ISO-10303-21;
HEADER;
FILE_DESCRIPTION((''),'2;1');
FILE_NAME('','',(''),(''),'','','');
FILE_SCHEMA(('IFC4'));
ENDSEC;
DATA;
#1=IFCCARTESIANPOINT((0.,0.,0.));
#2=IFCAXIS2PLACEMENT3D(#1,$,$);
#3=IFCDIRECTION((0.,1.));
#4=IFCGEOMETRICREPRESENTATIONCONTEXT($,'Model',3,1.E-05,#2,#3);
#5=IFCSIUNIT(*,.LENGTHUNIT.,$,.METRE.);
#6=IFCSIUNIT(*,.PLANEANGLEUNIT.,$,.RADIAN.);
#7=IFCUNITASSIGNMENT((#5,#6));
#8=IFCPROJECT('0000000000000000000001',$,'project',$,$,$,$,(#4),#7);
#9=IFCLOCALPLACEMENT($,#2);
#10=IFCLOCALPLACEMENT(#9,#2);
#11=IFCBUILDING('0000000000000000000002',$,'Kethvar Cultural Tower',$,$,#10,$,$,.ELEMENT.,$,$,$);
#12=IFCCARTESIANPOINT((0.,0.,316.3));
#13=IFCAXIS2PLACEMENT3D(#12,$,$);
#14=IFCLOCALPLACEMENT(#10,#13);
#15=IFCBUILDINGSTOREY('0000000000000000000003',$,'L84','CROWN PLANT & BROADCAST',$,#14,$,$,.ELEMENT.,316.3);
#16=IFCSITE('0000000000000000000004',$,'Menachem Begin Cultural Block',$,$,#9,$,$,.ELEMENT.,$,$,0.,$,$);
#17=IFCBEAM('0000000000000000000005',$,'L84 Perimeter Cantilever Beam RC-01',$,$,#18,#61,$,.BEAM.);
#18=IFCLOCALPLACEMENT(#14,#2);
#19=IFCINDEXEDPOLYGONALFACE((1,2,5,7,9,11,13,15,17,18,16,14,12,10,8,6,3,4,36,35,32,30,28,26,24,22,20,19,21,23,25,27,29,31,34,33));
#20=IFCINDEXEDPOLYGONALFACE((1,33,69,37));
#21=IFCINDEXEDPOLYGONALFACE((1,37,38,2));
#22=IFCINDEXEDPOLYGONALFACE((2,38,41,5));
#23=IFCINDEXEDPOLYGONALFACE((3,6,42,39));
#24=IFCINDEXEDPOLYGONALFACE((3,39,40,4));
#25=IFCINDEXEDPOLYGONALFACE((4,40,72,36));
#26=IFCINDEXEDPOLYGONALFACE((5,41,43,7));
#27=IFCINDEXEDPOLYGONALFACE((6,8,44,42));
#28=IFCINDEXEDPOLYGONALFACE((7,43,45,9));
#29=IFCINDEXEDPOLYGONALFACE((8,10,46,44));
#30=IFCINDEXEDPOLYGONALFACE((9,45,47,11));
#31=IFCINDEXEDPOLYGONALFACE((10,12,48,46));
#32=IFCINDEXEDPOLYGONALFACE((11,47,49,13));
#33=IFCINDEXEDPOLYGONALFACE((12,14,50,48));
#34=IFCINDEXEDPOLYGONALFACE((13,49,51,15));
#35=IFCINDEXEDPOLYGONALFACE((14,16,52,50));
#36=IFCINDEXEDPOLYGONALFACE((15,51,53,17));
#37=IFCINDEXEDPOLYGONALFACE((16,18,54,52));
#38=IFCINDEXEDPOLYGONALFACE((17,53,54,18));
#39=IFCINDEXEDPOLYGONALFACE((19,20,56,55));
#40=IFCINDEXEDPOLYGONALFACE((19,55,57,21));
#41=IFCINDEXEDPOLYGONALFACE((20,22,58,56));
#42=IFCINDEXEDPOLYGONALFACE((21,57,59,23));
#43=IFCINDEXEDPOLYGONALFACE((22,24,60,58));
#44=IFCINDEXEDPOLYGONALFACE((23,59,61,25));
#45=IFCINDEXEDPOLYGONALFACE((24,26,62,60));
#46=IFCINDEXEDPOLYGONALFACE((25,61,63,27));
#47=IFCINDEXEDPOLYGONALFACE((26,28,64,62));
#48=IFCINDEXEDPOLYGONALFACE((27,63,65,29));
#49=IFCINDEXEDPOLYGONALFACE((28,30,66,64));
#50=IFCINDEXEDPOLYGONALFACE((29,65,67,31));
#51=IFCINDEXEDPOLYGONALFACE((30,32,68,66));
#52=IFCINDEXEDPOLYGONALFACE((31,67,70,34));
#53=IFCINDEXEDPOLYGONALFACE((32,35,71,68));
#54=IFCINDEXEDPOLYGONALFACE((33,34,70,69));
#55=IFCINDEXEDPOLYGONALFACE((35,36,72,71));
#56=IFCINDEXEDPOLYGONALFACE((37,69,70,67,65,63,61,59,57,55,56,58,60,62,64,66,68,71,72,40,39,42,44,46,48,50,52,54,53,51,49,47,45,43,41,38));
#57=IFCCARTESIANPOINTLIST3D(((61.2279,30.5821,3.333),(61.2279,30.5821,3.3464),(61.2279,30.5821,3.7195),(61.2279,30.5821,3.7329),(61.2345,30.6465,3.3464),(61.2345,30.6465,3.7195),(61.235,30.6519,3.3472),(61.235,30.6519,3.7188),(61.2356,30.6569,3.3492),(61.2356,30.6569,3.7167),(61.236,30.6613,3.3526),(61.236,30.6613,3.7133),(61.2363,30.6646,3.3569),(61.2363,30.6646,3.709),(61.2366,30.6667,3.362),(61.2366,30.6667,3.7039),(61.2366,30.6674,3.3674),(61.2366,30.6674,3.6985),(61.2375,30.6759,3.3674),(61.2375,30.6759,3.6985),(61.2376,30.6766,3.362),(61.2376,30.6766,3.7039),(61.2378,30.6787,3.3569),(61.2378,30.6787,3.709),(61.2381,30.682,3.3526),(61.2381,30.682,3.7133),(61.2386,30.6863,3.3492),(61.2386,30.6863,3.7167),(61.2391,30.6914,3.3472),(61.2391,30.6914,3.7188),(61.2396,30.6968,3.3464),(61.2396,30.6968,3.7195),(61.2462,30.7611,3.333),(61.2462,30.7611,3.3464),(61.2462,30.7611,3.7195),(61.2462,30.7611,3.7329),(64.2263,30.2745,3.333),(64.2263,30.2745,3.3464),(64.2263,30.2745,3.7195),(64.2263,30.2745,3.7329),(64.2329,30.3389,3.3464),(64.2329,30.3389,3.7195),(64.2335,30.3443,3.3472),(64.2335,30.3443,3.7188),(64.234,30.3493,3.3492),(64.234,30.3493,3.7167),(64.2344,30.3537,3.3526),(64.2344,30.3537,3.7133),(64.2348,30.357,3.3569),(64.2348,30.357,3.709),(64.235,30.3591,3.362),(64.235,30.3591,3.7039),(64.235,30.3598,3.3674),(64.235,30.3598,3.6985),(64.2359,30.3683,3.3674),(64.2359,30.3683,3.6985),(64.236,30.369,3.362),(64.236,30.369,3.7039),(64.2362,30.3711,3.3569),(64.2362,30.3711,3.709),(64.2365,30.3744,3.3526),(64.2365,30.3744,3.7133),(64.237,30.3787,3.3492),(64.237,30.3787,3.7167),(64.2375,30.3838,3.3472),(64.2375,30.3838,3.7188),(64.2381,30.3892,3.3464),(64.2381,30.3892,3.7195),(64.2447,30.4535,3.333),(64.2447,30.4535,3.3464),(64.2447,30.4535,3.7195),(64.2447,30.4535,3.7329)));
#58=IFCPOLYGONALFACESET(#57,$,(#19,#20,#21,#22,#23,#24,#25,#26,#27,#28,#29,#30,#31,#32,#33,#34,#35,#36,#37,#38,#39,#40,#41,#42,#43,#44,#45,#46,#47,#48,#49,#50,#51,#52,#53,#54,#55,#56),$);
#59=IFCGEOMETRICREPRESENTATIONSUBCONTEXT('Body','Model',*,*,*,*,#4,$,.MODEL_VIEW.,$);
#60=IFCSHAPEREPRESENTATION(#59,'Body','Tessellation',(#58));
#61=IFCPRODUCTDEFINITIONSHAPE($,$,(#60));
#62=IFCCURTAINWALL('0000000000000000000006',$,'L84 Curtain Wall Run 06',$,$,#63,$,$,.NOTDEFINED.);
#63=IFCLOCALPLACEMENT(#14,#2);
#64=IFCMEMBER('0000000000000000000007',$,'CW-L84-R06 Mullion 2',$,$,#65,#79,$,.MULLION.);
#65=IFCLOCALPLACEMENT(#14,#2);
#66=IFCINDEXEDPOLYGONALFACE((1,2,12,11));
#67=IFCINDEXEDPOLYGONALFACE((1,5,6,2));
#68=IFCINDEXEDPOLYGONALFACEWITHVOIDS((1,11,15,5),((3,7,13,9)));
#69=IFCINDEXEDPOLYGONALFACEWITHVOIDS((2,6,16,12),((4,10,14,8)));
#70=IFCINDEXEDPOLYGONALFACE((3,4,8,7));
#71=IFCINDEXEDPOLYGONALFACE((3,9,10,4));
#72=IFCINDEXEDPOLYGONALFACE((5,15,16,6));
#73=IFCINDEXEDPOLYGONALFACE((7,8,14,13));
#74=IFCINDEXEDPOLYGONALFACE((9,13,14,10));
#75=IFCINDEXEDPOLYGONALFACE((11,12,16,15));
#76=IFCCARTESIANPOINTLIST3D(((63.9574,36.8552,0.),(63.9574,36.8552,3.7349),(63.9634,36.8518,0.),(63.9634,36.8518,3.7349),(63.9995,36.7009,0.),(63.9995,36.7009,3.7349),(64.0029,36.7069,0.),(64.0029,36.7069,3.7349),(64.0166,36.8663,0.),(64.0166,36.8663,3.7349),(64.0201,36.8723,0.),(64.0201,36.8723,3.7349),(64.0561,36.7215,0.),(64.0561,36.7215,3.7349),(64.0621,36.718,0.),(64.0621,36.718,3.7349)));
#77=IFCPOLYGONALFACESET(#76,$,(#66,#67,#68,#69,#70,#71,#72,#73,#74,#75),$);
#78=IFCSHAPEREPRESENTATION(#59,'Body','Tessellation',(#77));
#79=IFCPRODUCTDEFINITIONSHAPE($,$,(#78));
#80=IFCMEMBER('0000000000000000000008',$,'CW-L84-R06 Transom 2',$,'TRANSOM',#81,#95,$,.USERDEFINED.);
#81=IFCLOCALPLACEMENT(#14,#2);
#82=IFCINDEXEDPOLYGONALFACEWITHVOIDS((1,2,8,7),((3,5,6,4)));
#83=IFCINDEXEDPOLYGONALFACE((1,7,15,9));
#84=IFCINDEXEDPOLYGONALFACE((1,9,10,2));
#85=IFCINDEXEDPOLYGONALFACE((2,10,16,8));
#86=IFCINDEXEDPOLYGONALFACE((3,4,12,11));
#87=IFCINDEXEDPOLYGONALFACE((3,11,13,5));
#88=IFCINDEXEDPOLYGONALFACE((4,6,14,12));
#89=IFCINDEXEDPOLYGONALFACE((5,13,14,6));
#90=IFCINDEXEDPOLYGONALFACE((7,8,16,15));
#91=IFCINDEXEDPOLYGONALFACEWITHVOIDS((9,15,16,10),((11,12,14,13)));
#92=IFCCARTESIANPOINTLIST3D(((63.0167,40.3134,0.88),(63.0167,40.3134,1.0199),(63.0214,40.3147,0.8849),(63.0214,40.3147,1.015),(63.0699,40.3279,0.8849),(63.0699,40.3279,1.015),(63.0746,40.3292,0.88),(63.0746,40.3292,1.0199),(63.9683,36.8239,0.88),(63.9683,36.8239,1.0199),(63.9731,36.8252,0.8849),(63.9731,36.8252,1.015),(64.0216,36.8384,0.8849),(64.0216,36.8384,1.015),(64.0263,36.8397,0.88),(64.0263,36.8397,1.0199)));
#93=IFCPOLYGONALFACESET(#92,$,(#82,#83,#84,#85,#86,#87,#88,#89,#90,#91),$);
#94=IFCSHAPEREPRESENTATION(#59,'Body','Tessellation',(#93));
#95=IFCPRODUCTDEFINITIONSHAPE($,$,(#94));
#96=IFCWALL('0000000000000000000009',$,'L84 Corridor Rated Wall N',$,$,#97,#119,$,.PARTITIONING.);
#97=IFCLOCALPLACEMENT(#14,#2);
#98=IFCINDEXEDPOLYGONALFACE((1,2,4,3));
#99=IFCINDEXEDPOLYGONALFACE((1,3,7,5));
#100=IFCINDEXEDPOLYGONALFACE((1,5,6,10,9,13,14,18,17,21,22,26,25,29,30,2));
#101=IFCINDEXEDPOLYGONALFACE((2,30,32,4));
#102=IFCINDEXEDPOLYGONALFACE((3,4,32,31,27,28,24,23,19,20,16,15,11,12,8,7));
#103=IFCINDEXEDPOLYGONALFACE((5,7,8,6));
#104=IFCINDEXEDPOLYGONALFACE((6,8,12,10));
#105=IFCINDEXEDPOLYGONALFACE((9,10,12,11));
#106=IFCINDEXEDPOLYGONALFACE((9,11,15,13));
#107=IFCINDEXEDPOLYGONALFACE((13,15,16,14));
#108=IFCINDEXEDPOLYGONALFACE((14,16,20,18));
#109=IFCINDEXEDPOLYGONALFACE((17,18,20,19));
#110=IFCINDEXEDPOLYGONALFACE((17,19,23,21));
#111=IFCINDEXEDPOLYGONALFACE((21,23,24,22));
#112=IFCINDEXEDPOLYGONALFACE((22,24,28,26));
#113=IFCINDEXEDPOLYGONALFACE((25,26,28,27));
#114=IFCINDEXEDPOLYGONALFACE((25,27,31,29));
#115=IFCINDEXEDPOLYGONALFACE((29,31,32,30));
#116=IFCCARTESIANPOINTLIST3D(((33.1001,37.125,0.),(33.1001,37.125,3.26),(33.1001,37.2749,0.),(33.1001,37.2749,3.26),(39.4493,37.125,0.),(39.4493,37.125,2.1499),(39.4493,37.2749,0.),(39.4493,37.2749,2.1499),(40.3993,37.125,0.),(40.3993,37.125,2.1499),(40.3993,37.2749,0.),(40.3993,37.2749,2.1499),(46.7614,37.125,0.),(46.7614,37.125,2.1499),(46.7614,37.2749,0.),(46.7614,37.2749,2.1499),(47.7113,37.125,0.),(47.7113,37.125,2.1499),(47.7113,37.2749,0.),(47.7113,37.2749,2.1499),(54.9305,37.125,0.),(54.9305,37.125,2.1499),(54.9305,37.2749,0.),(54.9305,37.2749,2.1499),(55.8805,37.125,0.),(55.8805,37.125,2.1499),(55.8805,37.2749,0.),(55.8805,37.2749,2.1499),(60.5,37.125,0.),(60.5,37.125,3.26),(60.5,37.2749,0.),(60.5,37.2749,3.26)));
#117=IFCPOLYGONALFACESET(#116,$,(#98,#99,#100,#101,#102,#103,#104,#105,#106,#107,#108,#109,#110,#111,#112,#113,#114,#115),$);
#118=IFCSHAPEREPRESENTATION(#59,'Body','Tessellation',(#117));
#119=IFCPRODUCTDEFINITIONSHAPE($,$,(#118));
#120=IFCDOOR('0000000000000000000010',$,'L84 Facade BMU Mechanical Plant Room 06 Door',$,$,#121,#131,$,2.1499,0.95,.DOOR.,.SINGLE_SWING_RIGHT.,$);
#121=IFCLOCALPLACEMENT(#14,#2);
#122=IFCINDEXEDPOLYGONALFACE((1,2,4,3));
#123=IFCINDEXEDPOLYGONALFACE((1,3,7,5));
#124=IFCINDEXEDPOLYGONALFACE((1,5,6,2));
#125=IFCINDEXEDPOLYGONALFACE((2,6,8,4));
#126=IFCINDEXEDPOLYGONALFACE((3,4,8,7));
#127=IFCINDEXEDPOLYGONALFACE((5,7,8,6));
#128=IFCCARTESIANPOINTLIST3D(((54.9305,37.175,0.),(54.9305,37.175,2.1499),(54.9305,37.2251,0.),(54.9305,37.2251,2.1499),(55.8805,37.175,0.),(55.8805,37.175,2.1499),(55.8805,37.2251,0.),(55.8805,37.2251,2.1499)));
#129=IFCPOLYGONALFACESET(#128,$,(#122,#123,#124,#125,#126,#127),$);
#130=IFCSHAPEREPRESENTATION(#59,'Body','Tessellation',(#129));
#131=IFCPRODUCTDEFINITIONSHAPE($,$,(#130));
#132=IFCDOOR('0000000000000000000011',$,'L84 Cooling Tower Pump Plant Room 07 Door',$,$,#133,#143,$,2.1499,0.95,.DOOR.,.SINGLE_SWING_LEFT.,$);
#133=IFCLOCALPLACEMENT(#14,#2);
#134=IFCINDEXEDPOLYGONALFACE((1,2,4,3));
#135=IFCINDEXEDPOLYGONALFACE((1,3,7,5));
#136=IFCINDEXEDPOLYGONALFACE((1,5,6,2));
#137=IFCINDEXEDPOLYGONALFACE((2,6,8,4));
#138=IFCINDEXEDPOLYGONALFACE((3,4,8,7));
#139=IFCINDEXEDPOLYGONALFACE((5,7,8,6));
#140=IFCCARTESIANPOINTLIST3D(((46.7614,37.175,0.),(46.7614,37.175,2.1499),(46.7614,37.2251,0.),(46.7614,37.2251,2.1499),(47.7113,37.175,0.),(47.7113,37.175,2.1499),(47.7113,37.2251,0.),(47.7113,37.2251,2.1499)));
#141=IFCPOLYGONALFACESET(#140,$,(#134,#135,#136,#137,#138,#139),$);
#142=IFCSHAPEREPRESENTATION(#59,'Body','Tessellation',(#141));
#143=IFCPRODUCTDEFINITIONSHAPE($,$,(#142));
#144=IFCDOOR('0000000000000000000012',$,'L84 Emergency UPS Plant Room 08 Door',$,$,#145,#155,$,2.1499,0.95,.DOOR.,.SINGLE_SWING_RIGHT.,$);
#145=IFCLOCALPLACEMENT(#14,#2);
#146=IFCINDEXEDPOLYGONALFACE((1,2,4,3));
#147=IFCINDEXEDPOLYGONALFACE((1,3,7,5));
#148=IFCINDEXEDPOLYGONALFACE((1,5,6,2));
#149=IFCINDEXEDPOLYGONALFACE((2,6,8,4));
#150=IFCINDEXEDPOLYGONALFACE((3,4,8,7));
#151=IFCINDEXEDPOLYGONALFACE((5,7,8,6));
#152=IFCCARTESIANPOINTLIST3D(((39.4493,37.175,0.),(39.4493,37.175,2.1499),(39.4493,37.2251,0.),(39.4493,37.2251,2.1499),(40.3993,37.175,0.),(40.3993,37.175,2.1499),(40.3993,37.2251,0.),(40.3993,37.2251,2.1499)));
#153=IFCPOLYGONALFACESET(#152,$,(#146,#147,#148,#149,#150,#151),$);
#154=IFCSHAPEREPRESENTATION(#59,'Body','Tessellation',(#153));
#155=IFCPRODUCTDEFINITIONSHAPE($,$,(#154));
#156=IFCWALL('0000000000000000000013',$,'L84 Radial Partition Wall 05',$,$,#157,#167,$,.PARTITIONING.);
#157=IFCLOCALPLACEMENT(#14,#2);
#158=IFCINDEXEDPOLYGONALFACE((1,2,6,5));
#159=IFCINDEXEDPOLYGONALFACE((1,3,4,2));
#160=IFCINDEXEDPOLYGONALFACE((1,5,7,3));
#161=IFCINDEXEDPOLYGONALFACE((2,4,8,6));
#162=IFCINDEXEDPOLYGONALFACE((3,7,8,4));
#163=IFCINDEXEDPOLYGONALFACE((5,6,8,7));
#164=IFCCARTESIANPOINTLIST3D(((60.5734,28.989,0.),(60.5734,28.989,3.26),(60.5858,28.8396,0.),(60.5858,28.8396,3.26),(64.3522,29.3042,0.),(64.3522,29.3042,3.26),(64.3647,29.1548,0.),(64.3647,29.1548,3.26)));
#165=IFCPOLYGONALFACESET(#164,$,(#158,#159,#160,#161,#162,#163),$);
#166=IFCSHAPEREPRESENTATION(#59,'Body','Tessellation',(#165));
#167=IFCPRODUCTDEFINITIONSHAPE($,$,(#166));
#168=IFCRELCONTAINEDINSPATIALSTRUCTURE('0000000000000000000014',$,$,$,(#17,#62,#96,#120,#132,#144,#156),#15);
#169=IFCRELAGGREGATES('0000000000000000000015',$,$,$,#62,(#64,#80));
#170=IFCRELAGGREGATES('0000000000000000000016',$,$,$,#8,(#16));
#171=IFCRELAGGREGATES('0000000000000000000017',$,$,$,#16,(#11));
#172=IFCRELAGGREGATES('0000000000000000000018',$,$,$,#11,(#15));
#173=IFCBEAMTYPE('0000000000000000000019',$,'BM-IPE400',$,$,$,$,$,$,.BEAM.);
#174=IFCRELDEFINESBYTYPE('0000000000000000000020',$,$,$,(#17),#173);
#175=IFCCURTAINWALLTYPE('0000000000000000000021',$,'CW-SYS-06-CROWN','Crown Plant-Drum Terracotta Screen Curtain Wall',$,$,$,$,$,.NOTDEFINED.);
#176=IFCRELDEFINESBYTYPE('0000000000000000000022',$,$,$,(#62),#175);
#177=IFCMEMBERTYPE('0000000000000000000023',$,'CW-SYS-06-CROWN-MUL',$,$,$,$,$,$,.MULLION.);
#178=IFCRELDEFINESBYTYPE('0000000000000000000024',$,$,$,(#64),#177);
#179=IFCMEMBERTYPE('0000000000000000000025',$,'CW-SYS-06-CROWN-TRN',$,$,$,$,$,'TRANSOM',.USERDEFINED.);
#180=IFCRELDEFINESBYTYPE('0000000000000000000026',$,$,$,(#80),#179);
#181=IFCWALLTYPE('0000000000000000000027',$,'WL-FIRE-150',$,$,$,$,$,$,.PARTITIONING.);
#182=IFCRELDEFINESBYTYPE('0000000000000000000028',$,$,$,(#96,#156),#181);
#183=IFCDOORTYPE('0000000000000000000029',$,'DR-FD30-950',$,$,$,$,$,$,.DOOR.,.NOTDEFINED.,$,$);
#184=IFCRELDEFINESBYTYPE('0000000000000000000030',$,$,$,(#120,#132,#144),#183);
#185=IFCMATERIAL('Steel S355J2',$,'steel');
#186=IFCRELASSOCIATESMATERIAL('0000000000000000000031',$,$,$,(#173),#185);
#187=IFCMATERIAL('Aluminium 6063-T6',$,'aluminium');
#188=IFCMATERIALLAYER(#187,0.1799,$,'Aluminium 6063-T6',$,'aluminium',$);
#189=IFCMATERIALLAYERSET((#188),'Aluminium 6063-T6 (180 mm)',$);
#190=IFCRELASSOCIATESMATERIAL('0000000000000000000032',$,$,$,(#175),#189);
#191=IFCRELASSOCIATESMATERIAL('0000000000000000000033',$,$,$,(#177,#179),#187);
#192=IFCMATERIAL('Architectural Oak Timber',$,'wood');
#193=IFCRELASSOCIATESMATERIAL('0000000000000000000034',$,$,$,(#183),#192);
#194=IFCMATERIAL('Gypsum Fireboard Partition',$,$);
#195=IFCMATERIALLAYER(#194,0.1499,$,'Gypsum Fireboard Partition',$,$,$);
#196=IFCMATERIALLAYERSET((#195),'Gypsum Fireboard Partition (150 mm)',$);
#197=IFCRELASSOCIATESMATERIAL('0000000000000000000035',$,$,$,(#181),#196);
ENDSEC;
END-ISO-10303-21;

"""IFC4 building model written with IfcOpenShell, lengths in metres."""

from ifc_helpers import new_model, si_unit, direction, frame, frame_2d, origin, origin_2d, place, context, subcontext, project, spatial, rectangle, hollow_rectangle, i_section, extrude, source, transform, mapped, material, layer, layer_set, material_profile, profile_set, type_object, element, fill, aggregate, save


model = new_model("IFC4")

# Units and contexts
model_context = context("Model", 3, precision=1e-05, world=origin(), true_north=direction((0.0, 1.0)))
body_context = subcontext(model_context, "Body", "Model", "MODEL_VIEW")
ifc_project = project(units=[si_unit("LENGTHUNIT", "METRE"), si_unit("PLANEANGLEUNIT", "RADIAN")], contexts=[model_context])

# Site, building, storey
site_placement = place(None, origin())
site = spatial("IfcSite", under=ifc_project, at=site_placement, Name="Menachem Begin Cultural Block", CompositionType="ELEMENT", RefElevation=0.0)
building_placement = place(site_placement, origin())
building = spatial("IfcBuilding", under=site, at=building_placement, Name="Kethvar Cultural Tower", CompositionType="ELEMENT")
storey_placement = place(building_placement, frame((0.0, 0.0, 316.3)))
storey = spatial("IfcBuildingStorey", under=building, at=storey_placement, Name="L84", Description="CROWN PLANT & BROADCAST", CompositionType="ELEMENT", Elevation=316.3)

# Shared definitions
ifc_material_1 = material(Name="Steel S355J2", Category="steel")

# Beam
ifc_material_profile_1 = material_profile(ifc_material_1, i_section(OverallWidth=0.1799, OverallDepth=0.3999, WebThickness=0.0085, FlangeThickness=0.0134, FilletRadius=0.021, at=origin_2d()), Name="Steel S355J2 — IPE400")
ifc_profile_set_1 = profile_set([ifc_material_profile_1], Name="Steel S355J2 — IPE400")
beam_type_1 = type_object("IfcBeamType", Name="BM-IPE400", PredefinedType="BEAM", material=ifc_profile_set_1)
shared_shape_1 = source(origin(), body_context, "Body", "SweptSolid", [
    extrude(i_section(OverallWidth=0.1799, OverallDepth=0.3999, WebThickness=0.0085, FlangeThickness=0.0134, FilletRadius=0.021, at=origin_2d()), origin(), (0.0, 0.0, 1.0), 3.0142),
])
beam_1_placement = place(storey_placement, frame((61.2371, 30.6716, 3.533), z_axis=(0.994779, -0.102054, 0.0), x_axis=(0.102054, 0.994779, 0.0)))
element("IfcBeam", 1, at=beam_1_placement, inside=storey, type_object=beam_type_1, Name="L84 Perimeter Cantilever Beam RC-01", PredefinedType="BEAM", context=body_context, shape_type="MappedRepresentation", body=[
    mapped(shared_shape_1, transform((0.0, 0.0, 0.0), scale=1.0)),
])

# Curtain wall, members
ifc_material_2 = material(Name="Aluminium 6063-T6", Category="aluminium")
ifc_layer_1 = layer(ifc_material_2, 0.1799, Name="Aluminium 6063-T6", Category="aluminium")
ifc_layer_set_1 = layer_set([ifc_layer_1], Name="Aluminium 6063-T6 (180 mm)")
curtain_wall_type = type_object("IfcCurtainWallType", Name="CW-SYS-06-CROWN", Description="Crown Plant-Drum Terracotta Screen Curtain Wall", PredefinedType="NOTDEFINED", material=ifc_layer_set_1)
curtain_wall_placement = place(storey_placement, origin())
curtain_wall = element("IfcCurtainWall", 2, at=curtain_wall_placement, inside=storey, type_object=curtain_wall_type, Name="L84 Curtain Wall Run 06", PredefinedType="NOTDEFINED")
ifc_material_profile_2 = material_profile(ifc_material_2, hollow_rectangle(XDim=0.0649, YDim=0.1599, WallThickness=0.0049, at=origin_2d()), Name="Aluminium 6063-T6 — RHS160x65x5")
ifc_profile_set_2 = profile_set([ifc_material_profile_2], Name="Aluminium 6063-T6 — RHS160x65x5")
member_type_1 = type_object("IfcMemberType", Name="CW-SYS-06-CROWN-MUL", PredefinedType="MULLION", material=ifc_profile_set_2)
shared_shape_2 = source(origin(), body_context, "Body", "SweptSolid", [
    extrude(hollow_rectangle(XDim=0.0649, YDim=0.1599, WallThickness=0.0049, at=origin_2d()), origin(), (0.0, 0.0, 1.0), 3.7349),
])
member_1_placement = place(storey_placement, frame((64.0098, 36.7866, 0.0), z_axis=(0.0, 0.0, 1.0), x_axis=(-0.96476, -0.263132, 0.0)))
member_1 = element("IfcMember", 3, at=member_1_placement, type_object=member_type_1, Name="CW-L84-R06 Mullion 2", PredefinedType="MULLION", context=body_context, shape_type="MappedRepresentation", body=[
    mapped(shared_shape_2, transform((0.0, 0.0, 0.0), scale=1.0)),
])
ifc_material_profile_3 = material_profile(ifc_material_2, hollow_rectangle(XDim=0.0601, YDim=0.1399, WallThickness=0.0049, at=origin_2d()), Name="Aluminium 6063-T6 — RHS140x60x5")
ifc_profile_set_3 = profile_set([ifc_material_profile_3], Name="Aluminium 6063-T6 — RHS140x60x5")
member_type_2 = type_object("IfcMemberType", Name="CW-SYS-06-CROWN-TRN", ElementType="TRANSOM", PredefinedType="USERDEFINED", material=ifc_profile_set_3)
shared_shape_3 = source(origin(), body_context, "Body", "SweptSolid", [
    extrude(hollow_rectangle(XDim=0.0601, YDim=0.1399, WallThickness=0.0049, at=origin_2d()), origin(), (0.0, 0.0, 1.0), 3.6169),
])
member_2_placement = place(storey_placement, frame((63.9973, 36.8318, 0.95), z_axis=(-0.263112, 0.964765, 0.0), x_axis=(-0.964765, -0.263112, 0.0)))
member_2 = element("IfcMember", 4, at=member_2_placement, type_object=member_type_2, Name="CW-L84-R06 Transom 2", ObjectType="TRANSOM", PredefinedType="USERDEFINED", context=body_context, shape_type="MappedRepresentation", body=[
    mapped(shared_shape_3, transform((0.0, 0.0, 0.0), scale=1.0)),
])
aggregate(curtain_wall, [member_1, member_2])

# Wall, openings, doors
ifc_material_3 = material(Name="Architectural Oak Timber", Category="wood")
door_type_1 = type_object("IfcDoorType", Name="DR-FD30-950", OperationType="NOTDEFINED", PredefinedType="DOOR", material=ifc_material_3)
shared_shape_4 = source(origin(), body_context, "Body", "SweptSolid", [
    extrude(rectangle(XDim=0.95, YDim=2.1499, at=frame_2d((0.4751, 1.075))), frame((0.0, 0.0249, 0.0), z_axis=(0.0, -1.0, 0.0), x_axis=(1.0, 0.0, 0.0)), (0.0, 0.0, 1.0), 0.05),
])
ifc_material_4 = material(Name="Gypsum Fireboard Partition")
ifc_layer_2 = layer(ifc_material_4, 0.1499, Name="Gypsum Fireboard Partition")
ifc_layer_set_2 = layer_set([ifc_layer_2], Name="Gypsum Fireboard Partition (150 mm)")
wall_type_1 = type_object("IfcWallType", Name="WL-FIRE-150", PredefinedType="PARTITIONING", material=ifc_layer_set_2)
wall_1_placement = place(storey_placement, frame((60.5, 37.2, 0.0), z_axis=(0.0, 0.0, 1.0), x_axis=(-1.0, 0.0, 0.0)))
wall_1 = element("IfcWall", 5, at=wall_1_placement, inside=storey, type_object=wall_type_1, Name="L84 Corridor Rated Wall N", PredefinedType="PARTITIONING", context=body_context, shape_type="SweptSolid", body=[
    extrude(rectangle(XDim=27.3999, YDim=0.1499, at=frame_2d((13.7, 0.0))), origin(), (0.0, 0.0, 1.0), 3.26),
])
opening_1_placement = place(wall_1_placement, frame((4.6194, 0.0, 0.0)))
opening_1 = element("IfcOpeningElement", 6, at=opening_1_placement, cuts=wall_1, PredefinedType="OPENING", context=body_context, shape_type="SweptSolid", body=[
    extrude(rectangle(XDim=0.95, YDim=2.1499, at=frame_2d((0.4751, 1.075))), frame((0.0, 0.085, 0.0), z_axis=(0.0, -1.0, 0.0), x_axis=(1.0, 0.0, 0.0)), (0.0, 0.0, 1.0), 0.1699),
])
opening_2_placement = place(wall_1_placement, frame((12.7886, 0.0, 0.0)))
opening_2 = element("IfcOpeningElement", 7, at=opening_2_placement, cuts=wall_1, PredefinedType="OPENING", context=body_context, shape_type="SweptSolid", body=[
    extrude(rectangle(XDim=0.95, YDim=2.1499, at=frame_2d((0.4751, 1.075))), frame((0.0, 0.085, 0.0), z_axis=(0.0, -1.0, 0.0), x_axis=(1.0, 0.0, 0.0)), (0.0, 0.0, 1.0), 0.1699),
])
opening_3_placement = place(wall_1_placement, frame((20.1006, 0.0, 0.0)))
opening_3 = element("IfcOpeningElement", 8, at=opening_3_placement, cuts=wall_1, PredefinedType="OPENING", context=body_context, shape_type="SweptSolid", body=[
    extrude(rectangle(XDim=0.95, YDim=2.1499, at=frame_2d((0.4751, 1.075))), frame((0.0, 0.085, 0.0), z_axis=(0.0, -1.0, 0.0), x_axis=(1.0, 0.0, 0.0)), (0.0, 0.0, 1.0), 0.1699),
])
door_1_placement = place(opening_1_placement, origin())
door_1 = element("IfcDoor", 9, at=door_1_placement, inside=storey, type_object=door_type_1, Name="L84 Facade BMU Mechanical Plant Room 06 Door", OperationType="SINGLE_SWING_RIGHT", OverallHeight=2.1499, OverallWidth=0.95, PredefinedType="DOOR", context=body_context, shape_type="MappedRepresentation", body=[
    mapped(shared_shape_4, transform((0.0, 0.0, 0.0), scale=1.0)),
])
fill(opening_1, door_1)
door_2_placement = place(opening_2_placement, origin())
door_2 = element("IfcDoor", 10, at=door_2_placement, inside=storey, type_object=door_type_1, Name="L84 Cooling Tower Pump Plant Room 07 Door", OperationType="SINGLE_SWING_LEFT", OverallHeight=2.1499, OverallWidth=0.95, PredefinedType="DOOR", context=body_context, shape_type="MappedRepresentation", body=[
    mapped(shared_shape_4, transform((0.0, 0.0, 0.0), scale=1.0)),
])
fill(opening_2, door_2)
door_3_placement = place(opening_3_placement, origin())
door_3 = element("IfcDoor", 11, at=door_3_placement, inside=storey, type_object=door_type_1, Name="L84 Emergency UPS Plant Room 08 Door", OperationType="SINGLE_SWING_RIGHT", OverallHeight=2.1499, OverallWidth=0.95, PredefinedType="DOOR", context=body_context, shape_type="MappedRepresentation", body=[
    mapped(shared_shape_4, transform((0.0, 0.0, 0.0), scale=1.0)),
])
fill(opening_3, door_3)

# Wall
wall_2_placement = place(storey_placement, frame((60.5796, 28.9143, 0.0), z_axis=(0.0, 0.0, 1.0), x_axis=(0.99654, 0.08312, 0.0)))
element("IfcWall", 12, at=wall_2_placement, inside=storey, type_object=wall_type_1, Name="L84 Radial Partition Wall 05", PredefinedType="PARTITIONING", context=body_context, shape_type="SweptSolid", body=[
    extrude(rectangle(XDim=3.792, YDim=0.1499, at=frame_2d((1.896, 0.0))), origin(), (0.0, 0.0, 1.0), 3.26),
])

save(model, "model.ifc")
